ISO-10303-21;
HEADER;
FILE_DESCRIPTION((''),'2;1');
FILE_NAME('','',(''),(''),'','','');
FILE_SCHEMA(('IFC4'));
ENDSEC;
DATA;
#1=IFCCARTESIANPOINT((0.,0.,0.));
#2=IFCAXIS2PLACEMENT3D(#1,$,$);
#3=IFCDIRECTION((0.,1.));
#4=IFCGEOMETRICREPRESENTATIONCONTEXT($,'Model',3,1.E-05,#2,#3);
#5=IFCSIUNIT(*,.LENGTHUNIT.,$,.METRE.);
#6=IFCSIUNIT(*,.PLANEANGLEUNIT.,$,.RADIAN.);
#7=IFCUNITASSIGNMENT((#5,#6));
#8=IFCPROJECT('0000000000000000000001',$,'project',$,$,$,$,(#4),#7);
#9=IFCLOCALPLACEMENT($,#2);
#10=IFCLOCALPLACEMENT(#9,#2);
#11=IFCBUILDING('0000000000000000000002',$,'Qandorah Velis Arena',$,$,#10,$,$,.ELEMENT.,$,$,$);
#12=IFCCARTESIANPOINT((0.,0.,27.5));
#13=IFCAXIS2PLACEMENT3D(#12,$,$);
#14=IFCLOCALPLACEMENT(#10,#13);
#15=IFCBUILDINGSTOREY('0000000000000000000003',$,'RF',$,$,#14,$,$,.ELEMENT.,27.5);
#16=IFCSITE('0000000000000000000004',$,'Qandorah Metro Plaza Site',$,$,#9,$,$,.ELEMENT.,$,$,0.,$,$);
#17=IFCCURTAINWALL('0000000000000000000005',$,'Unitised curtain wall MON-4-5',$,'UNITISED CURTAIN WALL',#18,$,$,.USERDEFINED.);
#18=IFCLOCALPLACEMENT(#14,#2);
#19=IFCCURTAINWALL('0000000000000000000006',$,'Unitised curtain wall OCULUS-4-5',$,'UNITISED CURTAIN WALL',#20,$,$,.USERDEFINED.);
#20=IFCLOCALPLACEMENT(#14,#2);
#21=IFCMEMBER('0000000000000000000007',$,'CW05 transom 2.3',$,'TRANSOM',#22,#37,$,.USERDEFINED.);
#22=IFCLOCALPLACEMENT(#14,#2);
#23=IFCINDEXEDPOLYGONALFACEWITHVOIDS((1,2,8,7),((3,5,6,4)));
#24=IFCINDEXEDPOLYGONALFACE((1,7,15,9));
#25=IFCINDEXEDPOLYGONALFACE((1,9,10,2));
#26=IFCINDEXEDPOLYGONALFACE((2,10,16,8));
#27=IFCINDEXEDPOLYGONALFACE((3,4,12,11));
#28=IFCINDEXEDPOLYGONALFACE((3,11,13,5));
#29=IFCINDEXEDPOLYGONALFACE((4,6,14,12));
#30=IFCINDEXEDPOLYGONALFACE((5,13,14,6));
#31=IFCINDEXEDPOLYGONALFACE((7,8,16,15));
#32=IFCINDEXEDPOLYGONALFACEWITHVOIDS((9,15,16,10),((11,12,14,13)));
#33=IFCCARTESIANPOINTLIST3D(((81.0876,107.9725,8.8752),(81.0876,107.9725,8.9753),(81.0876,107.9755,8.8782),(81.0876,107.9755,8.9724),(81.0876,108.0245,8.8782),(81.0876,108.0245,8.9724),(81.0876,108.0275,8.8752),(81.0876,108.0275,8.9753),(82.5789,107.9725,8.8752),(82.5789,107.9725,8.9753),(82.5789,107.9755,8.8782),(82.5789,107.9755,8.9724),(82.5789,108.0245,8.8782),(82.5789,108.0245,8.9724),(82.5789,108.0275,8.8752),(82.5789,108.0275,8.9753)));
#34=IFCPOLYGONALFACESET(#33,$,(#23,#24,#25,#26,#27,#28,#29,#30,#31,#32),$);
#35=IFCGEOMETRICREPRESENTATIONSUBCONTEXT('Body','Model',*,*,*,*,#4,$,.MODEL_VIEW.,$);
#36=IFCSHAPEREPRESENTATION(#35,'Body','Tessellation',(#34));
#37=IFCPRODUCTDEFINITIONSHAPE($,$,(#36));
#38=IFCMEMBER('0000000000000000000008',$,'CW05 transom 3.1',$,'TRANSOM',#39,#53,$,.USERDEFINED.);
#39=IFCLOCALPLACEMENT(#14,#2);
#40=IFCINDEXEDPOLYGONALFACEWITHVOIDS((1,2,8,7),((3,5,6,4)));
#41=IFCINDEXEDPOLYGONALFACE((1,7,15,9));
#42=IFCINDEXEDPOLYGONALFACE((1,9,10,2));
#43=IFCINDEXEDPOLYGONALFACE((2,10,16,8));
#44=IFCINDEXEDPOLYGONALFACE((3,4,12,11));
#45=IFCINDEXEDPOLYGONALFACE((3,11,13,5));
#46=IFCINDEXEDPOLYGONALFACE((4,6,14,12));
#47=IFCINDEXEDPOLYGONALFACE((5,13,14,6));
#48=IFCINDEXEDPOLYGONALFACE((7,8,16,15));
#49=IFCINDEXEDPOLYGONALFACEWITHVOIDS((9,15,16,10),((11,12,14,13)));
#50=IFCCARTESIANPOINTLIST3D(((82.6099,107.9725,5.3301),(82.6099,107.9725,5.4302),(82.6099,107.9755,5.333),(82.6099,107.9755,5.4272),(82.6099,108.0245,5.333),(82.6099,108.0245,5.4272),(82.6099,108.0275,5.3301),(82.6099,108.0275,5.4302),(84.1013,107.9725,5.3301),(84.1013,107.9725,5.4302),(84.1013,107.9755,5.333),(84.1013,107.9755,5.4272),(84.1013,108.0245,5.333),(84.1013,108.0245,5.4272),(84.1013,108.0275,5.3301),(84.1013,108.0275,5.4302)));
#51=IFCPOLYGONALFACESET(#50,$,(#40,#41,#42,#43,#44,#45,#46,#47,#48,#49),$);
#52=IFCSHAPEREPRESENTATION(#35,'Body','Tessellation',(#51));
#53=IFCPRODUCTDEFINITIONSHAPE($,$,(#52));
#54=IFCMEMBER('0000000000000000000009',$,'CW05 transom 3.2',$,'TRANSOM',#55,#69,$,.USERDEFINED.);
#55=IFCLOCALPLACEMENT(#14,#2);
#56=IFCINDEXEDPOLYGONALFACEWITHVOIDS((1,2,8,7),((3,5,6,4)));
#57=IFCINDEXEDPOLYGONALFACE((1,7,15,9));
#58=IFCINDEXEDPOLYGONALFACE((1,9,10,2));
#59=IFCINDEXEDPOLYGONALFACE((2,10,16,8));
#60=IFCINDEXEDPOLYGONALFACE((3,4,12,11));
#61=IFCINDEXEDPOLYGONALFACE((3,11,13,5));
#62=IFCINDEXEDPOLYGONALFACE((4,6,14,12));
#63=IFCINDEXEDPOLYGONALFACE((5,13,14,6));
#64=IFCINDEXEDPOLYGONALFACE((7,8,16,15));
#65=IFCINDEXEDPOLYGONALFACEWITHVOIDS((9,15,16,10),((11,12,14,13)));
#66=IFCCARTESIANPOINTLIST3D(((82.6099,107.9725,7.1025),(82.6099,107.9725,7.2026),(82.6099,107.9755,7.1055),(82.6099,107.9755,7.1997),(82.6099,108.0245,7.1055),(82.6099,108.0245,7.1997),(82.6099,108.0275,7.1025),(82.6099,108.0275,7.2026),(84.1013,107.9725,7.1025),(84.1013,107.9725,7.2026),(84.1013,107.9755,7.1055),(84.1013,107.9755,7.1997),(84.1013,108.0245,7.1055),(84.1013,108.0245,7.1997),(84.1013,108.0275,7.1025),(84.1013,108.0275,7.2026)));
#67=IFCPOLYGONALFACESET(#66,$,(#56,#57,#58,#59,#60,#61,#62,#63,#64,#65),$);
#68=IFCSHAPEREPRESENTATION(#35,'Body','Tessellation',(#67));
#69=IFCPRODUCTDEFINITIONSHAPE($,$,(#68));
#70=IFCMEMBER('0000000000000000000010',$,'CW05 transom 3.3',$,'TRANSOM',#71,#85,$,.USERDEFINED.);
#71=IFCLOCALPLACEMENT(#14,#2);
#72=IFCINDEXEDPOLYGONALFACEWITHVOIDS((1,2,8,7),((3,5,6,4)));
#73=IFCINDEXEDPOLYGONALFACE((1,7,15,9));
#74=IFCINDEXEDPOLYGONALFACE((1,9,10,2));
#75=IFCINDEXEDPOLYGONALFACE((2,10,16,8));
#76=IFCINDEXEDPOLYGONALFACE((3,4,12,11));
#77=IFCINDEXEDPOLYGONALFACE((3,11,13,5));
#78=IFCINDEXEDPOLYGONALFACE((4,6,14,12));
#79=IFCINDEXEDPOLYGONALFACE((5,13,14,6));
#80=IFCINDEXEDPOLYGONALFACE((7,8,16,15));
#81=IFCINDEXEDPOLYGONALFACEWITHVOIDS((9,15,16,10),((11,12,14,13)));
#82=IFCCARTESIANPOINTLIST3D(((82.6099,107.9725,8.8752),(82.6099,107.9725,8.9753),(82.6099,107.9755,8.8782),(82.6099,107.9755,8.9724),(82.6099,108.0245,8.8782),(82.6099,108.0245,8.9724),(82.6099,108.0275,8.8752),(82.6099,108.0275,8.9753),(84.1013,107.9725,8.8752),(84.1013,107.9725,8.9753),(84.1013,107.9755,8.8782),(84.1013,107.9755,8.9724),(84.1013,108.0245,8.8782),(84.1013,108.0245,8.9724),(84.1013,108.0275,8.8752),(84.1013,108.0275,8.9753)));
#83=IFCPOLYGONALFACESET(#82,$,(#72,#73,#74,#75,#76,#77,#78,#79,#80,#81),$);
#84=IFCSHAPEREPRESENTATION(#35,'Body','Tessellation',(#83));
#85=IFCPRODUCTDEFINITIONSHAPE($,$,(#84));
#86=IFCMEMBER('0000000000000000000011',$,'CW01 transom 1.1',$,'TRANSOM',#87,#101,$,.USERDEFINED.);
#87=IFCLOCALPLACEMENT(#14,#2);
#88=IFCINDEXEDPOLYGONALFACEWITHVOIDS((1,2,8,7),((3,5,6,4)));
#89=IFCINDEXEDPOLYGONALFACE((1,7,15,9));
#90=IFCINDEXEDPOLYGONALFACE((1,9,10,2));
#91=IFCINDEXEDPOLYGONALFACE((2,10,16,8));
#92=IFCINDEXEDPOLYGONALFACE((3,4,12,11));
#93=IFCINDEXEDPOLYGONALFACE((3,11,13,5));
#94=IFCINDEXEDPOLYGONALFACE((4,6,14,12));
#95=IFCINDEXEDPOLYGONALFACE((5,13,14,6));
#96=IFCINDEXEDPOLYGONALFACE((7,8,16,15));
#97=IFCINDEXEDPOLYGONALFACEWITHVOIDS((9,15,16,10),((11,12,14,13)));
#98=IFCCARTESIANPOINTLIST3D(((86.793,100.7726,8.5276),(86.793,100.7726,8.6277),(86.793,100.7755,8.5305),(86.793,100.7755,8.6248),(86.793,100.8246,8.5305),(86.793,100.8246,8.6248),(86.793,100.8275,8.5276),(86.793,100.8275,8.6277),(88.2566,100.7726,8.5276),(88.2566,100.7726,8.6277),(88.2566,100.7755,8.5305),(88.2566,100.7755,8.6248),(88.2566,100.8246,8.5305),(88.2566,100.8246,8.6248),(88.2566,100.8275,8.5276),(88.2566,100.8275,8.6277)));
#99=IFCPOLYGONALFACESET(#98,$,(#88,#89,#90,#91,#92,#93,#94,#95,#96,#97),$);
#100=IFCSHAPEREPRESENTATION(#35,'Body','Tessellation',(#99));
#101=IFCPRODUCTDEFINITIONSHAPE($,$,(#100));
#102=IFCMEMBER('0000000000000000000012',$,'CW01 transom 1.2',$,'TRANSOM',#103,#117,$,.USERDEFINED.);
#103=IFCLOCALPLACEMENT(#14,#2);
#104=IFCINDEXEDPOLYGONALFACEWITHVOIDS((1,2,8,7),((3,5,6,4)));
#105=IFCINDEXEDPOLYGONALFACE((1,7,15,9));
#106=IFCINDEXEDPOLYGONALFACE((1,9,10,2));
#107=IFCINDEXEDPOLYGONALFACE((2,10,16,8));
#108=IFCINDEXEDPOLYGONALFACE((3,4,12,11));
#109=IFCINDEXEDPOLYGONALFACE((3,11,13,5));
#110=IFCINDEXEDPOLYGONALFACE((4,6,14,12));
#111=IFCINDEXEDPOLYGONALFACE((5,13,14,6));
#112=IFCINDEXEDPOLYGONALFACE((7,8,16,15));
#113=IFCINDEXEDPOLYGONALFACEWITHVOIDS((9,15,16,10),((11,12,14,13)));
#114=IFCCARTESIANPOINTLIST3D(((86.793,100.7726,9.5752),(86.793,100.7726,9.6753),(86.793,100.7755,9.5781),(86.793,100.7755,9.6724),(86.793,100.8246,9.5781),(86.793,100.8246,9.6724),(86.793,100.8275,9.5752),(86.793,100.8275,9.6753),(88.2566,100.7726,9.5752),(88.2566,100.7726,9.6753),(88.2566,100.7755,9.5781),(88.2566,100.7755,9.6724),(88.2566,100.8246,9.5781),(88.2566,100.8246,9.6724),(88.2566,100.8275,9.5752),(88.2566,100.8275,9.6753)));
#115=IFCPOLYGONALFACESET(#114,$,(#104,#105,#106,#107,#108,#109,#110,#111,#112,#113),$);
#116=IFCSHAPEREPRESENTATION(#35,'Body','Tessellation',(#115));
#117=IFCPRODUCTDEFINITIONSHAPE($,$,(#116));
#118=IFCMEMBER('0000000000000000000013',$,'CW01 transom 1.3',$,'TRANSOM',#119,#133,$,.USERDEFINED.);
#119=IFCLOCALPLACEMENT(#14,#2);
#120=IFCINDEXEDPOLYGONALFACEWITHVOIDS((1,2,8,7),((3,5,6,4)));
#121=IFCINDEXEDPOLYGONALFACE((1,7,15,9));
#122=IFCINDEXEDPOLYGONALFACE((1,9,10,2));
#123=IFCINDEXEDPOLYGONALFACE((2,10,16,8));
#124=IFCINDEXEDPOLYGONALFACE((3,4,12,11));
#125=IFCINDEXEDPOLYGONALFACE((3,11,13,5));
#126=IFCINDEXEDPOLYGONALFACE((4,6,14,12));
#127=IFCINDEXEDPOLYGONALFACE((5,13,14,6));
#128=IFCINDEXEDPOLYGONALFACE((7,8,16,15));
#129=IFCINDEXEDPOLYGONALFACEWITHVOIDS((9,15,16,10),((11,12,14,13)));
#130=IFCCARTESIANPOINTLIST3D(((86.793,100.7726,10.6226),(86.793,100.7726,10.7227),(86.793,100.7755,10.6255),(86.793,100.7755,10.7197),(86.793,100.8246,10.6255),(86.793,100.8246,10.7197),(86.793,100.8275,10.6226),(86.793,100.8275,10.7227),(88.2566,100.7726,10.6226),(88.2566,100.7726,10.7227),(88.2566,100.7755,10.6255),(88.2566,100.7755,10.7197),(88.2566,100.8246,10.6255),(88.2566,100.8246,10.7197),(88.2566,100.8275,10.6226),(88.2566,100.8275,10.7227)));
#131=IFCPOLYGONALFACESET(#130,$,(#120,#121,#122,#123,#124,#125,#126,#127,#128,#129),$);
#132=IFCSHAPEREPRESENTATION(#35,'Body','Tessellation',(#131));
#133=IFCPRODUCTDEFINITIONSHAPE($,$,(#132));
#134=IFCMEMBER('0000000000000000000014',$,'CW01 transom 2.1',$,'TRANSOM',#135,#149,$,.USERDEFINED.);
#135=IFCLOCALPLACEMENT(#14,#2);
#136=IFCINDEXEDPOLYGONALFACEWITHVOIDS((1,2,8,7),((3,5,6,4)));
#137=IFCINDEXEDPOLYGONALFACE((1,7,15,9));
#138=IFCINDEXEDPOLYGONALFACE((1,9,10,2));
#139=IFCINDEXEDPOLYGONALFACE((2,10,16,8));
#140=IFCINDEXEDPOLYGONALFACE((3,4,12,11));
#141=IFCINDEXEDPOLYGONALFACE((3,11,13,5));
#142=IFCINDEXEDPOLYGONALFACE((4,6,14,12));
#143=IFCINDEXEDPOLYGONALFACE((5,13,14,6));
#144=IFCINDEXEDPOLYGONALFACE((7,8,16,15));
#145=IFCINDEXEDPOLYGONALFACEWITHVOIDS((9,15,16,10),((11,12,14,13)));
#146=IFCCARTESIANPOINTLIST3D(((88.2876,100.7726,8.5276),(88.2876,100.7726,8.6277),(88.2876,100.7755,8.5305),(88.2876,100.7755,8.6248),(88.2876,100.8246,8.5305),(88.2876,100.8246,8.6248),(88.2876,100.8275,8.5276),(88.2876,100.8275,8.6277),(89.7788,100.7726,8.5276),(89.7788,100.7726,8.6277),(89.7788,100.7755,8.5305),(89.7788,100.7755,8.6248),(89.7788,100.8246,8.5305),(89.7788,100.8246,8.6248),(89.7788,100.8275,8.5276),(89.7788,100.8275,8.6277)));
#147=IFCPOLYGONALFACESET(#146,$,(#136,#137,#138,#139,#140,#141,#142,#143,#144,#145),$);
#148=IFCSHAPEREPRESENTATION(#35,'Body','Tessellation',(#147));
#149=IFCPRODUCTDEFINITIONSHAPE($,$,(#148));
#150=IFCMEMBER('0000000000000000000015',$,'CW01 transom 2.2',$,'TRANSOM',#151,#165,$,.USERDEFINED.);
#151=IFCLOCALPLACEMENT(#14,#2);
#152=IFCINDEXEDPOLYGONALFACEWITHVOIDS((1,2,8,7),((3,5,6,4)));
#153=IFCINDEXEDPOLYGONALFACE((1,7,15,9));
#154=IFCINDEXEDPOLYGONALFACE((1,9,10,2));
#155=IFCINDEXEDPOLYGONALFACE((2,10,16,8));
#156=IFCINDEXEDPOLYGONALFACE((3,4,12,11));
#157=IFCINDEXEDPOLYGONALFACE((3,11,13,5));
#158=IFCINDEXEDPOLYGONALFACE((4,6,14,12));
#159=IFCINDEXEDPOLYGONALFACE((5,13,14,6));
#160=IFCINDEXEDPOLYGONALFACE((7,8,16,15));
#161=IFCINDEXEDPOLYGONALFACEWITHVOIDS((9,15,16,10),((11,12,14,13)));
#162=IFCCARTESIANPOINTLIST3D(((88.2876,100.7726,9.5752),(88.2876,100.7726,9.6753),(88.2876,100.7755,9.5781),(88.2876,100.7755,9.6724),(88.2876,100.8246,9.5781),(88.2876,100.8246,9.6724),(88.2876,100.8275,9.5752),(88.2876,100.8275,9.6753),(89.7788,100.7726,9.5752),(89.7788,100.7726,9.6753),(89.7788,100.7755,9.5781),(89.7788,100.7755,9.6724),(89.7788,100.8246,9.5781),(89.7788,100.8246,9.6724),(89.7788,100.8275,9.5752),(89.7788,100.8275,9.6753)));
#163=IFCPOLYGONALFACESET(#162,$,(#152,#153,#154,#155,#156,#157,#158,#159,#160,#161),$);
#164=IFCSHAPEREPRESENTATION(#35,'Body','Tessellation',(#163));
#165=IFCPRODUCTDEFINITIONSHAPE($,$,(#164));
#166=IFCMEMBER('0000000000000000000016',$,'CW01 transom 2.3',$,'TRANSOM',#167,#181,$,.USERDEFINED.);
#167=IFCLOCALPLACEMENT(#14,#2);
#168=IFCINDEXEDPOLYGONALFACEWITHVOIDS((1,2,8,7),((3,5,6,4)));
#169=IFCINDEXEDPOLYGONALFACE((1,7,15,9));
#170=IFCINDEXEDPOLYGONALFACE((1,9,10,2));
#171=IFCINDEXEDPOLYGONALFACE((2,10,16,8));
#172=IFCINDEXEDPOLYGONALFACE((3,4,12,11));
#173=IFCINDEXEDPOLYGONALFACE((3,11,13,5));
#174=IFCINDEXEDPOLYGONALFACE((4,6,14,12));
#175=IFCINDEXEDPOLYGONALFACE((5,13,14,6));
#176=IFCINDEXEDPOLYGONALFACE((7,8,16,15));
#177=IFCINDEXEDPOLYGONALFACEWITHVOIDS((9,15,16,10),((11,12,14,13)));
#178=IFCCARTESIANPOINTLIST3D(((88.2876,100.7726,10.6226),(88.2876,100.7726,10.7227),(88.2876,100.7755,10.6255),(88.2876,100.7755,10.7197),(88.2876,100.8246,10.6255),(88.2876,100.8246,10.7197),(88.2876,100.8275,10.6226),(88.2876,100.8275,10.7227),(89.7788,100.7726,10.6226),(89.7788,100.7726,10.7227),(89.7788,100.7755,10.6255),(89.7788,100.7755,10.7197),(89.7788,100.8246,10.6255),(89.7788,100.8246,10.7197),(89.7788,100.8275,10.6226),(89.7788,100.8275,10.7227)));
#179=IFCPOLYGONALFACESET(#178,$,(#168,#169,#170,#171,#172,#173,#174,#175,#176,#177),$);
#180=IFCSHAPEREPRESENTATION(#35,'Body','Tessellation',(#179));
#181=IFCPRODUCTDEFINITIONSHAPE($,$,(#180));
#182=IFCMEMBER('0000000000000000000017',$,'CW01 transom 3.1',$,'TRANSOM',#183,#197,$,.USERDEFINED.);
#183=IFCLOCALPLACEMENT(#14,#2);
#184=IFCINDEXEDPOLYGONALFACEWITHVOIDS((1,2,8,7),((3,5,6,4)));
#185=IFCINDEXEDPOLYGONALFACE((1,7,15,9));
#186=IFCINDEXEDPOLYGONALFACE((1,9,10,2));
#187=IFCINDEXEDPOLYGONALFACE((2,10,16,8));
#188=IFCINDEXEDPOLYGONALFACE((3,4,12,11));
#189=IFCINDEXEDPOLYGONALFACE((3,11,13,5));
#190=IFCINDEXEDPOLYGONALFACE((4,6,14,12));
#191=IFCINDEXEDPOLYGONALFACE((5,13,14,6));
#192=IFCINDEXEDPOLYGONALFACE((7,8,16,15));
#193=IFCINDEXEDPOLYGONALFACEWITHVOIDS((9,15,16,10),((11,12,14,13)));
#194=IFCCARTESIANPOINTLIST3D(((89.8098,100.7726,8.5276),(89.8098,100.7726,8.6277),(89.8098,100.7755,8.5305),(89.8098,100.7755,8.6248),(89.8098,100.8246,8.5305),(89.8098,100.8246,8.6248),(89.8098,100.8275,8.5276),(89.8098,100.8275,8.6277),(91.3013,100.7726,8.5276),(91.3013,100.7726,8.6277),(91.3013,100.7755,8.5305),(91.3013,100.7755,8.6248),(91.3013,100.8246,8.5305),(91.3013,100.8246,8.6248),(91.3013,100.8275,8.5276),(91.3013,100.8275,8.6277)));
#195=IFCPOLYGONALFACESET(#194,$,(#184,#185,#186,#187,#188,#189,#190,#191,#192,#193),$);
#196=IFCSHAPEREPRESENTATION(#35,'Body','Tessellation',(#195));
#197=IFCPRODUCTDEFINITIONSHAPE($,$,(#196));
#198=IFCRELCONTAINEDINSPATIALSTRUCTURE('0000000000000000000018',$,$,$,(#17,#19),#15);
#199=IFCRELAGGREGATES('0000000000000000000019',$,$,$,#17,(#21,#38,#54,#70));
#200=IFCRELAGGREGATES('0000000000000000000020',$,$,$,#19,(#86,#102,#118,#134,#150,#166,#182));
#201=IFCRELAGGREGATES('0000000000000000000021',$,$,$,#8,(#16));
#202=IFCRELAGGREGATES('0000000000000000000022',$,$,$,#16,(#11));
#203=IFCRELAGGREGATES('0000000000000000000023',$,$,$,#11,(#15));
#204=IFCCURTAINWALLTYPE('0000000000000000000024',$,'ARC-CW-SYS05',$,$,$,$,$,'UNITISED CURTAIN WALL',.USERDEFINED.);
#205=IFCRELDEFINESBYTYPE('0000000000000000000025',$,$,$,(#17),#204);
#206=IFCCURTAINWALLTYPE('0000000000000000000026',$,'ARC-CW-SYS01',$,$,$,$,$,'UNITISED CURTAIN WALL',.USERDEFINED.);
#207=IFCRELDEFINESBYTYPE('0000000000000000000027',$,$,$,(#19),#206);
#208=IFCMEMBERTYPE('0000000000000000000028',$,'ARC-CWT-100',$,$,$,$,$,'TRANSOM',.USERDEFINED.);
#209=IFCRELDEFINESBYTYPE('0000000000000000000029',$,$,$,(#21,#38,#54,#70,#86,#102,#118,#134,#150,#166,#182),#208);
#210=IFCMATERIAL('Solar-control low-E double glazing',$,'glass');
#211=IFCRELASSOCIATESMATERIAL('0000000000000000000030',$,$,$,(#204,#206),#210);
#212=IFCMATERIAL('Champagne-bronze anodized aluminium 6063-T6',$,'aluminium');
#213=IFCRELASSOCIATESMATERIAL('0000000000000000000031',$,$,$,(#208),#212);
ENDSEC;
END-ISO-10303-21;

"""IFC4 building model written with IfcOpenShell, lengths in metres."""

from ifc_helpers import new_model, si_unit, direction, frame, origin, origin_2d, place, context, subcontext, project, spatial, hollow_rectangle, extrude, material, material_profile, profile_set, type_object, element, aggregate, save


model = new_model("IFC4")

# Units and contexts
model_context = context("Model", 3, precision=1e-05, world=origin(), true_north=direction((0.0, 1.0)))
body_context = subcontext(model_context, "Body", "Model", "MODEL_VIEW")
ifc_project = project(units=[si_unit("LENGTHUNIT", "METRE"), si_unit("PLANEANGLEUNIT", "RADIAN")], contexts=[model_context])

# Site, building, storey
site_placement = place(None, origin())
site = spatial("IfcSite", under=ifc_project, at=site_placement, Name="Qandorah Metro Plaza Site", CompositionType="ELEMENT", RefElevation=0.0)
building_placement = place(site_placement, origin())
building = spatial("IfcBuilding", under=site, at=building_placement, Name="Qandorah Velis Arena", CompositionType="ELEMENT")
storey_placement = place(building_placement, frame((0.0, 0.0, 27.5)))
storey = spatial("IfcBuildingStorey", under=building, at=storey_placement, Name="RF", CompositionType="ELEMENT", Elevation=27.5)

# Curtain walls
ifc_material_1 = material(Name="Solar-control low-E double glazing", Category="glass")
curtain_wall_type_1 = type_object("IfcCurtainWallType", Name="ARC-CW-SYS05", ElementType="UNITISED CURTAIN WALL", PredefinedType="USERDEFINED", material=ifc_material_1)
curtain_wall_1_placement = place(storey_placement, origin())
curtain_wall_1 = element("IfcCurtainWall", 1, at=curtain_wall_1_placement, inside=storey, type_object=curtain_wall_type_1, Name="Unitised curtain wall MON-4-5", ObjectType="UNITISED CURTAIN WALL", PredefinedType="USERDEFINED")
ifc_material_2 = material(Name="Champagne-bronze anodized aluminium 6063-T6", Category="aluminium")
curtain_wall_type_2 = type_object("IfcCurtainWallType", Name="ARC-CW-SYS01", ElementType="UNITISED CURTAIN WALL", PredefinedType="USERDEFINED", material=ifc_material_1)
curtain_wall_2_placement = place(storey_placement, origin())
curtain_wall_2 = element("IfcCurtainWall", 2, at=curtain_wall_2_placement, inside=storey, type_object=curtain_wall_type_2, Name="Unitised curtain wall OCULUS-4-5", ObjectType="UNITISED CURTAIN WALL", PredefinedType="USERDEFINED")

# Members
ifc_material_profile_1 = material_profile(ifc_material_2, hollow_rectangle(XDim=0.0549, YDim=0.1001, WallThickness=0.0029, at=origin_2d()), Name="ALU TRANSOM 55x100")
ifc_profile_set_1 = profile_set([ifc_material_profile_1], Name="Champagne-bronze anodized aluminium 6063-T6")
member_type_1 = type_object("IfcMemberType", Name="ARC-CWT-100", ElementType="TRANSOM", PredefinedType="USERDEFINED", material=ifc_profile_set_1)
member_1_placement = place(storey_placement, frame((81.0876, 108.0, 8.9253), z_axis=(1.0, 0.0, 0.0), x_axis=(0.0, 1.0, 0.0)))
member_1 = element("IfcMember", 3, at=member_1_placement, type_object=member_type_1, Name="CW05 transom 2.3", ObjectType="TRANSOM", PredefinedType="USERDEFINED", context=body_context, shape_type="SweptSolid", body=[
    extrude(hollow_rectangle(XDim=0.0549, YDim=0.1001, WallThickness=0.0029, at=origin_2d()), origin(), (0.0, 0.0, 1.0), 1.4912),
])
member_2_placement = place(storey_placement, frame((82.6099, 108.0, 5.3801), z_axis=(1.0, 0.0, 0.0), x_axis=(0.0, 1.0, 0.0)))
member_2 = element("IfcMember", 4, at=member_2_placement, type_object=member_type_1, Name="CW05 transom 3.1", ObjectType="TRANSOM", PredefinedType="USERDEFINED", context=body_context, shape_type="SweptSolid", body=[
    extrude(hollow_rectangle(XDim=0.0549, YDim=0.1001, WallThickness=0.0029, at=origin_2d()), origin(), (0.0, 0.0, 1.0), 1.4915),
])
member_3_placement = place(storey_placement, frame((82.6099, 108.0, 7.1526), z_axis=(1.0, 0.0, 0.0), x_axis=(0.0, 1.0, 0.0)))
member_3 = element("IfcMember", 5, at=member_3_placement, type_object=member_type_1, Name="CW05 transom 3.2", ObjectType="TRANSOM", PredefinedType="USERDEFINED", context=body_context, shape_type="SweptSolid", body=[
    extrude(hollow_rectangle(XDim=0.0549, YDim=0.1001, WallThickness=0.0029, at=origin_2d()), origin(), (0.0, 0.0, 1.0), 1.4915),
])
member_4_placement = place(storey_placement, frame((82.6099, 108.0, 8.9253), z_axis=(1.0, 0.0, 0.0), x_axis=(0.0, 1.0, 0.0)))
member_4 = element("IfcMember", 6, at=member_4_placement, type_object=member_type_1, Name="CW05 transom 3.3", ObjectType="TRANSOM", PredefinedType="USERDEFINED", context=body_context, shape_type="SweptSolid", body=[
    extrude(hollow_rectangle(XDim=0.0549, YDim=0.1001, WallThickness=0.0029, at=origin_2d()), origin(), (0.0, 0.0, 1.0), 1.4915),
])
member_5_placement = place(storey_placement, frame((86.793, 100.8, 8.5776), z_axis=(1.0, 0.0, 0.0), x_axis=(0.0, 1.0, 0.0)))
member_5 = element("IfcMember", 7, at=member_5_placement, type_object=member_type_1, Name="CW01 transom 1.1", ObjectType="TRANSOM", PredefinedType="USERDEFINED", context=body_context, shape_type="SweptSolid", body=[
    extrude(hollow_rectangle(XDim=0.0549, YDim=0.1001, WallThickness=0.0029, at=origin_2d()), origin(), (0.0, 0.0, 1.0), 1.4636),
])
member_6_placement = place(storey_placement, frame((86.793, 100.8, 9.6252), z_axis=(1.0, 0.0, 0.0), x_axis=(0.0, 1.0, 0.0)))
member_6 = element("IfcMember", 8, at=member_6_placement, type_object=member_type_1, Name="CW01 transom 1.2", ObjectType="TRANSOM", PredefinedType="USERDEFINED", context=body_context, shape_type="SweptSolid", body=[
    extrude(hollow_rectangle(XDim=0.0549, YDim=0.1001, WallThickness=0.0029, at=origin_2d()), origin(), (0.0, 0.0, 1.0), 1.4636),
])
member_7_placement = place(storey_placement, frame((86.793, 100.8, 10.6726), z_axis=(1.0, 0.0, 0.0), x_axis=(0.0, 1.0, 0.0)))
member_7 = element("IfcMember", 9, at=member_7_placement, type_object=member_type_1, Name="CW01 transom 1.3", ObjectType="TRANSOM", PredefinedType="USERDEFINED", context=body_context, shape_type="SweptSolid", body=[
    extrude(hollow_rectangle(XDim=0.0549, YDim=0.1001, WallThickness=0.0029, at=origin_2d()), origin(), (0.0, 0.0, 1.0), 1.4636),
])
member_8_placement = place(storey_placement, frame((88.2876, 100.8, 8.5776), z_axis=(1.0, 0.0, 0.0), x_axis=(0.0, 1.0, 0.0)))
member_8 = element("IfcMember", 10, at=member_8_placement, type_object=member_type_1, Name="CW01 transom 2.1", ObjectType="TRANSOM", PredefinedType="USERDEFINED", context=body_context, shape_type="SweptSolid", body=[
    extrude(hollow_rectangle(XDim=0.0549, YDim=0.1001, WallThickness=0.0029, at=origin_2d()), origin(), (0.0, 0.0, 1.0), 1.4912),
])
member_9_placement = place(storey_placement, frame((88.2876, 100.8, 9.6252), z_axis=(1.0, 0.0, 0.0), x_axis=(0.0, 1.0, 0.0)))
member_9 = element("IfcMember", 11, at=member_9_placement, type_object=member_type_1, Name="CW01 transom 2.2", ObjectType="TRANSOM", PredefinedType="USERDEFINED", context=body_context, shape_type="SweptSolid", body=[
    extrude(hollow_rectangle(XDim=0.0549, YDim=0.1001, WallThickness=0.0029, at=origin_2d()), origin(), (0.0, 0.0, 1.0), 1.4912),
])
member_10_placement = place(storey_placement, frame((88.2876, 100.8, 10.6726), z_axis=(1.0, 0.0, 0.0), x_axis=(0.0, 1.0, 0.0)))
member_10 = element("IfcMember", 12, at=member_10_placement, type_object=member_type_1, Name="CW01 transom 2.3", ObjectType="TRANSOM", PredefinedType="USERDEFINED", context=body_context, shape_type="SweptSolid", body=[
    extrude(hollow_rectangle(XDim=0.0549, YDim=0.1001, WallThickness=0.0029, at=origin_2d()), origin(), (0.0, 0.0, 1.0), 1.4912),
])
member_11_placement = place(storey_placement, frame((89.8098, 100.8, 8.5776), z_axis=(1.0, 0.0, 0.0), x_axis=(0.0, 1.0, 0.0)))
member_11 = element("IfcMember", 13, at=member_11_placement, type_object=member_type_1, Name="CW01 transom 3.1", ObjectType="TRANSOM", PredefinedType="USERDEFINED", context=body_context, shape_type="SweptSolid", body=[
    extrude(hollow_rectangle(XDim=0.0549, YDim=0.1001, WallThickness=0.0029, at=origin_2d()), origin(), (0.0, 0.0, 1.0), 1.4915),
])

aggregate(curtain_wall_1, [member_1, member_2, member_3, member_4])
aggregate(curtain_wall_2, [member_5, member_6, member_7, member_8, member_9, member_10, member_11])

save(model, "model.ifc")
